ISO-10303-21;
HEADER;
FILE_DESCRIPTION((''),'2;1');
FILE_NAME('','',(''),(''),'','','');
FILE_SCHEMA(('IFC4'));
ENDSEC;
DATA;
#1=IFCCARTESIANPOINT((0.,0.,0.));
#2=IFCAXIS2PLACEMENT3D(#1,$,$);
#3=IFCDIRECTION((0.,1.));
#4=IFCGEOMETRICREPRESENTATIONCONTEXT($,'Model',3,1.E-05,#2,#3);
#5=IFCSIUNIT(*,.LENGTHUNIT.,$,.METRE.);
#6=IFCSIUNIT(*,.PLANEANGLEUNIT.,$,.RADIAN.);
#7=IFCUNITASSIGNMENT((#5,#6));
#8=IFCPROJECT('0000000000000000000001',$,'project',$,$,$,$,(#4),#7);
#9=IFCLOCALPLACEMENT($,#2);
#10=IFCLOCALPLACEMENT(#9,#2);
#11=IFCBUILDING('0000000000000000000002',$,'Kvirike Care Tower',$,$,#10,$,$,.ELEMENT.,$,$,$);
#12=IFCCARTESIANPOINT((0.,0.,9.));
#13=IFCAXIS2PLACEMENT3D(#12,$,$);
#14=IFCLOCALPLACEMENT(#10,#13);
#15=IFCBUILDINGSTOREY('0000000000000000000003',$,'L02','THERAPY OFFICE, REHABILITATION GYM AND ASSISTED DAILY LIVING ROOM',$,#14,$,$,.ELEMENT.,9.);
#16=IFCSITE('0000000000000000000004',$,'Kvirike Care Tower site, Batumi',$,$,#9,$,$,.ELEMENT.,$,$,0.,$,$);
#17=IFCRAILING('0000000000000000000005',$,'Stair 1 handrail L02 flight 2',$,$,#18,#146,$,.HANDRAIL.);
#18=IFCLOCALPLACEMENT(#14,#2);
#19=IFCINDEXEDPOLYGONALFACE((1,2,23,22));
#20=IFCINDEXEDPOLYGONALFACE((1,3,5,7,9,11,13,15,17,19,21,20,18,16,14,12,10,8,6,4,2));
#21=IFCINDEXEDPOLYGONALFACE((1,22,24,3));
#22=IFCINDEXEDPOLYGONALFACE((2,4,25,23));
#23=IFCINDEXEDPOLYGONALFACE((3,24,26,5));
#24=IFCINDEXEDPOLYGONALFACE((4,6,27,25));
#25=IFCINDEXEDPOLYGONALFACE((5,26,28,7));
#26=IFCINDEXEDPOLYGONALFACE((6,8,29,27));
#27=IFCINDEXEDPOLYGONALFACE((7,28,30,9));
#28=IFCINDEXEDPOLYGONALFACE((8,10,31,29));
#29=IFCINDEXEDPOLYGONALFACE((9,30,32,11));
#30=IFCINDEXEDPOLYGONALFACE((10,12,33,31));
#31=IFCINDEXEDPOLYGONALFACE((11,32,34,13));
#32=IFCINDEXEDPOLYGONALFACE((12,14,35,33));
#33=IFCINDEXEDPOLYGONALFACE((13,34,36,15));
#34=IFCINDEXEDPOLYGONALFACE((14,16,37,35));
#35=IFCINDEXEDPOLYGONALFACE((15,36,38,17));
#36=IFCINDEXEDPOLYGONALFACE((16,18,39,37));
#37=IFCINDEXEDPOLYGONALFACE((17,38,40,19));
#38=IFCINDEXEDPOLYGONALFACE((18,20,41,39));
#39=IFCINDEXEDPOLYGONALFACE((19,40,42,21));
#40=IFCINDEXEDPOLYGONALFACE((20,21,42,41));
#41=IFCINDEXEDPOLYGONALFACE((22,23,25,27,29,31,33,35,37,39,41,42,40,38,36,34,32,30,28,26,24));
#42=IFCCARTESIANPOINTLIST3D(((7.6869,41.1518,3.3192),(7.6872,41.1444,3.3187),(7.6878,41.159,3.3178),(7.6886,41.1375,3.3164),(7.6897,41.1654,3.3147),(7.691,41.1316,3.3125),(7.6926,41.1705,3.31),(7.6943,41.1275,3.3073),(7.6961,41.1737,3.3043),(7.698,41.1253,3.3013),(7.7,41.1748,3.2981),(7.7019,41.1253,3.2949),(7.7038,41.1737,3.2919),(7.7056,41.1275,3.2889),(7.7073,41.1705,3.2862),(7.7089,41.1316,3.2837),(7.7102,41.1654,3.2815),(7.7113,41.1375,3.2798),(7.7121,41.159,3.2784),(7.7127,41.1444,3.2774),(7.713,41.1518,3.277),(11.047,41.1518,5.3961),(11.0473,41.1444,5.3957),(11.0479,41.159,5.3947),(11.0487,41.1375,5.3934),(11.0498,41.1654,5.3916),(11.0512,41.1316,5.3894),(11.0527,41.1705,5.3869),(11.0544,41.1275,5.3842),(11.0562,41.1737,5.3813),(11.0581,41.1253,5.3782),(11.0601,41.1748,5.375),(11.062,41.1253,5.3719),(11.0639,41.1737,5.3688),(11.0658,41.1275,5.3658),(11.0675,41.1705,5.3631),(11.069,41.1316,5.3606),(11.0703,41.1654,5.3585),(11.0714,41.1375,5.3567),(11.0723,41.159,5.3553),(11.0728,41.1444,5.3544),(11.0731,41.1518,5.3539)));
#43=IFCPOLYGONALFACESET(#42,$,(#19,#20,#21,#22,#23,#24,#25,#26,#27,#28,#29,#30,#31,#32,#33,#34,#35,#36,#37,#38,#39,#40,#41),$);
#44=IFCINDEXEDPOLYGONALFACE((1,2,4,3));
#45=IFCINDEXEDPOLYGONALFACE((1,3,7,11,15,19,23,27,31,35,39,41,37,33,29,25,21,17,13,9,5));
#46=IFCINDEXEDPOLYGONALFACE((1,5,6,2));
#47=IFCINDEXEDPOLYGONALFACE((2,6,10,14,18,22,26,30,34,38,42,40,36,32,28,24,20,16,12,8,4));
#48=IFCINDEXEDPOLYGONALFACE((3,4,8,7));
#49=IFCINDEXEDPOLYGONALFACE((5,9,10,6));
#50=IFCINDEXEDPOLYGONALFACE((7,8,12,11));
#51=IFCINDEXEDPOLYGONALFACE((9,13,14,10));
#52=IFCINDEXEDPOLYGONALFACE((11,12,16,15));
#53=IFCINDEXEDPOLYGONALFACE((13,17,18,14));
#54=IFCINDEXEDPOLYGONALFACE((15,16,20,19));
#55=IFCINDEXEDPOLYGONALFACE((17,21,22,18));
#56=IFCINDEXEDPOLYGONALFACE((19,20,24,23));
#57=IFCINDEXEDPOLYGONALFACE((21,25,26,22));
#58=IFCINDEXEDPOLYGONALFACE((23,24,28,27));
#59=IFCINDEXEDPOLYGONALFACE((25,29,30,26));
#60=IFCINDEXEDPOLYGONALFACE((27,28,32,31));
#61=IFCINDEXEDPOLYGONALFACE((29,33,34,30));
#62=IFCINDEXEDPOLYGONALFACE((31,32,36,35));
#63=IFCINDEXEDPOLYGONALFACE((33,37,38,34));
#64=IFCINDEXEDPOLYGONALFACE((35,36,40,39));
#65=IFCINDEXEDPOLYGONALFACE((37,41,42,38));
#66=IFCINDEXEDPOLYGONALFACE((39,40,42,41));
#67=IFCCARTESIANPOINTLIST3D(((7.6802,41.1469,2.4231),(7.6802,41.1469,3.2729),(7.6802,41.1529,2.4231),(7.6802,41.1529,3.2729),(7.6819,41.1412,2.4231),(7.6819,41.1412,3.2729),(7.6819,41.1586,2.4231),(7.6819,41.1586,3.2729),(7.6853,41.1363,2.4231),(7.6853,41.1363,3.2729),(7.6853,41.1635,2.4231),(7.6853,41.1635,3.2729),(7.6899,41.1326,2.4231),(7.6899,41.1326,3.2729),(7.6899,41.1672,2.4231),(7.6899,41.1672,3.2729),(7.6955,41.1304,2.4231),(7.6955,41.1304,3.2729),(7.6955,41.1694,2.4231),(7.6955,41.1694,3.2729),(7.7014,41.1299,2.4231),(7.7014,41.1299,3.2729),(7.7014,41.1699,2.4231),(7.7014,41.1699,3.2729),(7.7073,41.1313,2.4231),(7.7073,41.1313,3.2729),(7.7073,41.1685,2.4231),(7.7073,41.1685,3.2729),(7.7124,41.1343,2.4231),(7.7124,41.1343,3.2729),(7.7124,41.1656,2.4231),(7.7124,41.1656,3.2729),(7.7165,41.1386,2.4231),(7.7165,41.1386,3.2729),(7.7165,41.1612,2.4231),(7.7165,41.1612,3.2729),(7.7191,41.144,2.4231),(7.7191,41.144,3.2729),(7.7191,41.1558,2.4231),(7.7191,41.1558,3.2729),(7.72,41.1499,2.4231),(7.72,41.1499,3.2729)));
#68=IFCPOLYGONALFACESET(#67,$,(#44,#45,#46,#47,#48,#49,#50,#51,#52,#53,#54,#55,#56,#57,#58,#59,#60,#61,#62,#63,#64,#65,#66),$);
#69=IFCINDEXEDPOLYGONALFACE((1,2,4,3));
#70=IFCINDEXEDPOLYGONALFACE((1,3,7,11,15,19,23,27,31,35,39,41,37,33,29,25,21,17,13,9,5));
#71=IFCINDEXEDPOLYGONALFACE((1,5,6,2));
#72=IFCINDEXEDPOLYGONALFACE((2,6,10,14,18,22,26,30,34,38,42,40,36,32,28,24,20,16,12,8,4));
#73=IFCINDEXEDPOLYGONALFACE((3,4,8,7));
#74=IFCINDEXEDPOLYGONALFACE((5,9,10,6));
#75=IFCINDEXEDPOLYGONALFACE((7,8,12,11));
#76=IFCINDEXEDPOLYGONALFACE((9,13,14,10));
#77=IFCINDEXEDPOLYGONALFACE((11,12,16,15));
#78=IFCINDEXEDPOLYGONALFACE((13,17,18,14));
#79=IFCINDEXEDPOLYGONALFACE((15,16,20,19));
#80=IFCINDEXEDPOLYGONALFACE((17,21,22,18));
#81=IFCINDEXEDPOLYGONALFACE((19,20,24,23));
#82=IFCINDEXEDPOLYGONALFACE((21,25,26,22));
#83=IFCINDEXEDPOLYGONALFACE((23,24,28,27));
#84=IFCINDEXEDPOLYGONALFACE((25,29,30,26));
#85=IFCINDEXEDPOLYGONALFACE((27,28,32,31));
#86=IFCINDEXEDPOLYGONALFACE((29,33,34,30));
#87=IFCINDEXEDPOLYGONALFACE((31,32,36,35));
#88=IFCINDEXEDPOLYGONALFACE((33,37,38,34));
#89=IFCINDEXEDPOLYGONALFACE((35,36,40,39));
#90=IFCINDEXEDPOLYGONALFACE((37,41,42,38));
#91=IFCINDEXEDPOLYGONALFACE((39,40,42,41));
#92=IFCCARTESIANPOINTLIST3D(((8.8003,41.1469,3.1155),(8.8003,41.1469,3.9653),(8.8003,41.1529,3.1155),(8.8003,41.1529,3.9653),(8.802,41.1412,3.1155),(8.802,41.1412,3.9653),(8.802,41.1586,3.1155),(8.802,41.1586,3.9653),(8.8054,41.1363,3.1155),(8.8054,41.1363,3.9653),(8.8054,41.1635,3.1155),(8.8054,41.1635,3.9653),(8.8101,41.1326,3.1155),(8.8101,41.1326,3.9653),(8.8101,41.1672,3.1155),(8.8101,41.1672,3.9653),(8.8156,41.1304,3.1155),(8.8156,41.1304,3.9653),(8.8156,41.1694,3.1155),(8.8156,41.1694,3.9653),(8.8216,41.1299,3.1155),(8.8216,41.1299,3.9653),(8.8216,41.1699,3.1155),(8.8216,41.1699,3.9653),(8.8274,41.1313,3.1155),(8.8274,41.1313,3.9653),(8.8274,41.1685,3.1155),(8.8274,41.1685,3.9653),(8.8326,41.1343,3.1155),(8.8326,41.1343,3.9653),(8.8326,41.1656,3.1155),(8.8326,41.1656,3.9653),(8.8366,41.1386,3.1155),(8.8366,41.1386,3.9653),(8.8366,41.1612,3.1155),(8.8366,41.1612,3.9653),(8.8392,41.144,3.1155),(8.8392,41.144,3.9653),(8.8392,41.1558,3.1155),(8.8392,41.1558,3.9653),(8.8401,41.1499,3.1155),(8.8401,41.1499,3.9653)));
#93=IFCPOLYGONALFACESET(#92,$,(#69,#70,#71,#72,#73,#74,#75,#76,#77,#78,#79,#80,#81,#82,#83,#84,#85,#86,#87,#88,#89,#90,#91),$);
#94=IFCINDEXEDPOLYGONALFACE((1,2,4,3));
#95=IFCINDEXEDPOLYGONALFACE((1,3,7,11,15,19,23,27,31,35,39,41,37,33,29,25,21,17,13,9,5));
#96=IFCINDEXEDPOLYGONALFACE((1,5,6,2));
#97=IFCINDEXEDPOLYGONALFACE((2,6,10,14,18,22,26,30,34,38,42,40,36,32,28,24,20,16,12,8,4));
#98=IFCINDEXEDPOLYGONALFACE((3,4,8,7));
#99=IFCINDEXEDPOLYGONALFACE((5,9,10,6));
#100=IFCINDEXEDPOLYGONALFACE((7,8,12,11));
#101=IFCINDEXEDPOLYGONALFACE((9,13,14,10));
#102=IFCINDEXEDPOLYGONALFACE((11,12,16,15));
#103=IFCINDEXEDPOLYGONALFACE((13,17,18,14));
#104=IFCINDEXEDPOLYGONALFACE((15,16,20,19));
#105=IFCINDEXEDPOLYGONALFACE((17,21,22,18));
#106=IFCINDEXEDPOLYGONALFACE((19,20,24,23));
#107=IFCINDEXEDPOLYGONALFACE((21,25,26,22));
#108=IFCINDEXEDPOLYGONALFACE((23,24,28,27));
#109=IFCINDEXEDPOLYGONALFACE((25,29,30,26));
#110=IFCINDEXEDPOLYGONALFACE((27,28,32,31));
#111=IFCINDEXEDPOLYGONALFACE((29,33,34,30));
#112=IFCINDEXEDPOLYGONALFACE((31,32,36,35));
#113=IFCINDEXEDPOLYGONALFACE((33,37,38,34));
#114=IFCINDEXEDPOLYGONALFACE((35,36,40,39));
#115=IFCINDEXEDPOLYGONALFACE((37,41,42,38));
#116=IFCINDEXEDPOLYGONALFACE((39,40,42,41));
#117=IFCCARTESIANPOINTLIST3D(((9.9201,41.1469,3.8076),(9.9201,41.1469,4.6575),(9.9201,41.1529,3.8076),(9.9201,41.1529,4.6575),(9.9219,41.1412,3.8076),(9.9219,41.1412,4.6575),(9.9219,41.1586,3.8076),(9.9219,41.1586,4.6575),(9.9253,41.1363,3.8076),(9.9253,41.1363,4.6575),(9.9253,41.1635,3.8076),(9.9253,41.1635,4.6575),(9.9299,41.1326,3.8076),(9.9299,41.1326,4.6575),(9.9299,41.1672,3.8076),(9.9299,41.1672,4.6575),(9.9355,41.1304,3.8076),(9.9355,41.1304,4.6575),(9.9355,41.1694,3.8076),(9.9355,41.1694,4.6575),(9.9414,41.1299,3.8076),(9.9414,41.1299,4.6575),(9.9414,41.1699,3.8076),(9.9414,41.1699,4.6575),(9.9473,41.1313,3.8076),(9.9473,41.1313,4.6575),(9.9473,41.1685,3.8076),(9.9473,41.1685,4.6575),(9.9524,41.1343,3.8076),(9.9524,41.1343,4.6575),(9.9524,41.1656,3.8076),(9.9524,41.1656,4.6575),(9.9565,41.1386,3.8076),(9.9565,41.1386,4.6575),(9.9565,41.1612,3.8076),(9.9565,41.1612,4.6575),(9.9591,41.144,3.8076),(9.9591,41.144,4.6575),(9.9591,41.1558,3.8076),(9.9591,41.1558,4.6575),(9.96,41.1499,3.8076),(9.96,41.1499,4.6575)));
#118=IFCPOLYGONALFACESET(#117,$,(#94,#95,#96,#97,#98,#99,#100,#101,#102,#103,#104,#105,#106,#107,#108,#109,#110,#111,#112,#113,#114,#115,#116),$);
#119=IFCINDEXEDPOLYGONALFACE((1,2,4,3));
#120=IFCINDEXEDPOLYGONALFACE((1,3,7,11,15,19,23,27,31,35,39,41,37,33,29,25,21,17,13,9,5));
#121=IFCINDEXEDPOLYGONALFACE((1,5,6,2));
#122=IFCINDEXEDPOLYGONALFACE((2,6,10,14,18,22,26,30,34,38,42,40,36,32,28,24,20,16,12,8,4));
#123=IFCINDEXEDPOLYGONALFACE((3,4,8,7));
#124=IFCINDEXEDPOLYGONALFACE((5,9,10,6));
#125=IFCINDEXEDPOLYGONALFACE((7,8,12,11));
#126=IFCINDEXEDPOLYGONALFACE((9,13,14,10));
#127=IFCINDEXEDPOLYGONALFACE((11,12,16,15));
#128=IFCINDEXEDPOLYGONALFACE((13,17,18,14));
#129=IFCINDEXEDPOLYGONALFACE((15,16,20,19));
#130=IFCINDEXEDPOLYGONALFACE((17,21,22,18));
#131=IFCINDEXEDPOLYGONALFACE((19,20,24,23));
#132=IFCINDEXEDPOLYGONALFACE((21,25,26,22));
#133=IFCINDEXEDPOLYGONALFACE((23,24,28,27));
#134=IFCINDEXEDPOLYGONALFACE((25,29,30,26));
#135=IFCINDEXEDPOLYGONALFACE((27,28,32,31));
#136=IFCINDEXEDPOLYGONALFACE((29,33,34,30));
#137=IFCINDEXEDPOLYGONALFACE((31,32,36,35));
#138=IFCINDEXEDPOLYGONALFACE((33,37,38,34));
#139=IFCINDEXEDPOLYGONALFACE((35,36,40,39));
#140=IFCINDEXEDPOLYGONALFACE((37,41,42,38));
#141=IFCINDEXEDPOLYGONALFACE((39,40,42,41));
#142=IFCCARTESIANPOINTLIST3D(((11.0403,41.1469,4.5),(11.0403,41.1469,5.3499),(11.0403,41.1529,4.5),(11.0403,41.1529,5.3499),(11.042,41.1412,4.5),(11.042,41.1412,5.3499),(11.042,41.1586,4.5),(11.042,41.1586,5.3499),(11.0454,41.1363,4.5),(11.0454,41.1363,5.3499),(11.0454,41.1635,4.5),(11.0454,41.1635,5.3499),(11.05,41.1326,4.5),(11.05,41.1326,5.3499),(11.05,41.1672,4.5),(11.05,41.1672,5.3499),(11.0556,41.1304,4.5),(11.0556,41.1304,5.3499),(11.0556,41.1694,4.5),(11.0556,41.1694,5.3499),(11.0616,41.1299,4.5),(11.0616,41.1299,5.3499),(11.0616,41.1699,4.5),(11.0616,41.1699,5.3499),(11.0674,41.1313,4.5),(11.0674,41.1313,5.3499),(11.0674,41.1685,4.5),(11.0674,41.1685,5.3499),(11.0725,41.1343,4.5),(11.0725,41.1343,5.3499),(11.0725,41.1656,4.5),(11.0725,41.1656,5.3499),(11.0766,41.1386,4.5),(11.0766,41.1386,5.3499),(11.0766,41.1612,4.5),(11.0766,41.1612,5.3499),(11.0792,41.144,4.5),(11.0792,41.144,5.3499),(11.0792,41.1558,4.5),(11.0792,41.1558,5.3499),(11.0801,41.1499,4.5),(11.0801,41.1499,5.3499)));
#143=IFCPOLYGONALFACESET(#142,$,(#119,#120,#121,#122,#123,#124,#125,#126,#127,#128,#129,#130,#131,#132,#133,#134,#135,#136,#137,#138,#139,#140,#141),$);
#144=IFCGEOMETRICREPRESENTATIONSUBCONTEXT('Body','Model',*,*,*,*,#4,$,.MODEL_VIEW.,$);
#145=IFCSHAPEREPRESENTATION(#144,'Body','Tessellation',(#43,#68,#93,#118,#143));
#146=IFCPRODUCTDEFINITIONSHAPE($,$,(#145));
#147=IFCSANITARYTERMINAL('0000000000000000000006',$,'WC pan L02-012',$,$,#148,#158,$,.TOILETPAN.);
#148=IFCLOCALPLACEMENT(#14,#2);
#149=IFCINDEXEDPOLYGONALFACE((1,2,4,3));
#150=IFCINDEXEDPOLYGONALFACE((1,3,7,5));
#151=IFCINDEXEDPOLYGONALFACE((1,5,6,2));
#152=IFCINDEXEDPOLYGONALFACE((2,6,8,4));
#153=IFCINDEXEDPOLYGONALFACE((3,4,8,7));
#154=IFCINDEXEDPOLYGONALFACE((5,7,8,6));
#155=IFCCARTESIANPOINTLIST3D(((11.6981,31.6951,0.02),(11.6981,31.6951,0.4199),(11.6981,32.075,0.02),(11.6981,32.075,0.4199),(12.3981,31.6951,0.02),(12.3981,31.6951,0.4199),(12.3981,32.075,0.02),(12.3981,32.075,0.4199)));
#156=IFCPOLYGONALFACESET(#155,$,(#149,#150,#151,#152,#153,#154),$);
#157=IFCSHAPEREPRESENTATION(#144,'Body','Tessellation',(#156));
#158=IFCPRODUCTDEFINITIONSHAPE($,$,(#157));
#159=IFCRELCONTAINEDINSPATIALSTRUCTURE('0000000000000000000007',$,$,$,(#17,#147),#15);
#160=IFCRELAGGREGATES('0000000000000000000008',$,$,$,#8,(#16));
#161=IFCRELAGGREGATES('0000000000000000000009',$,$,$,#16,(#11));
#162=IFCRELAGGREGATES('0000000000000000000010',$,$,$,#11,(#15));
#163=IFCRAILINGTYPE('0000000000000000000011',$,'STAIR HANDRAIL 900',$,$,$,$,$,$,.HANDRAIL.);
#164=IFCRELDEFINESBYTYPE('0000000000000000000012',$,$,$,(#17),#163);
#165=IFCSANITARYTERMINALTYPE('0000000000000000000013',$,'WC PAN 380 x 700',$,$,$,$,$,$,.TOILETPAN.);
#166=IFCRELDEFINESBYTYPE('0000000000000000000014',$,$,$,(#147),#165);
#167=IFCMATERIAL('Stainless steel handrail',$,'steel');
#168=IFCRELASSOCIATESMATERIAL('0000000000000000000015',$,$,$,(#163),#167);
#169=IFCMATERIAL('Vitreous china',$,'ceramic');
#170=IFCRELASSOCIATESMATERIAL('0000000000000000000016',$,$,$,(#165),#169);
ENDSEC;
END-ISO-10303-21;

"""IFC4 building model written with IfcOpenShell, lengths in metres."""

from ifc_helpers import new_model, si_unit, direction, frame, origin, origin_2d, place, context, subcontext, project, spatial, rectangle, circle, extrude, material, type_object, element, save


model = new_model("IFC4")

# Units and contexts
model_context = context("Model", 3, precision=1e-05, world=origin(), true_north=direction((0.0, 1.0)))
body_context = subcontext(model_context, "Body", "Model", "MODEL_VIEW")
ifc_project = project(units=[si_unit("LENGTHUNIT", "METRE"), si_unit("PLANEANGLEUNIT", "RADIAN")], contexts=[model_context])

# Site, building, storey
site_placement = place(None, origin())
site = spatial("IfcSite", under=ifc_project, at=site_placement, Name="Kvirike Care Tower site, Batumi", CompositionType="ELEMENT", RefElevation=0.0)
building_placement = place(site_placement, origin())
building = spatial("IfcBuilding", under=site, at=building_placement, Name="Kvirike Care Tower", CompositionType="ELEMENT")
storey_placement = place(building_placement, frame((0.0, 0.0, 9.0)))
storey = spatial("IfcBuildingStorey", under=building, at=storey_placement, Name="L02", Description="THERAPY OFFICE, REHABILITATION GYM AND ASSISTED DAILY LIVING ROOM", CompositionType="ELEMENT", Elevation=9.0)

# Railing
ifc_material_1 = material(Name="Stainless steel handrail", Category="steel")
railing_type = type_object("IfcRailingType", Name="STAIR HANDRAIL 900", PredefinedType="HANDRAIL", material=ifc_material_1)
railing_1_placement = place(storey_placement, frame((7.7, 41.1499, 2.4231)))
element("IfcRailing", 1, at=railing_1_placement, inside=storey, type_object=railing_type, Name="Stair 1 handrail L02 flight 2", PredefinedType="HANDRAIL", context=body_context, shape_type="SweptSolid", body=[
    extrude(circle(Radius=0.0249, at=origin_2d()), frame((0.0, 0.0, 0.875), z_axis=(0.850623, 0.0, 0.525776), x_axis=(0.0, 1.0, 0.0)), (0.0, 0.0, 1.0), 3.9502),
    extrude(circle(Radius=0.02, at=origin_2d()), origin(), (0.0, 0.0, 1.0), 0.8499),
    extrude(circle(Radius=0.02, at=origin_2d()), frame((1.1201, 0.0, 0.6924)), (0.0, 0.0, 1.0), 0.8499),
    extrude(circle(Radius=0.02, at=origin_2d()), frame((2.24, 0.0, 1.3845)), (0.0, 0.0, 1.0), 0.8499),
    extrude(circle(Radius=0.02, at=origin_2d()), frame((3.3601, 0.0, 2.0769)), (0.0, 0.0, 1.0), 0.8499),
])

# Sanitary terminal
ifc_material_2 = material(Name="Vitreous china", Category="ceramic")
sanitary_terminal_type = type_object("IfcSanitaryTerminalType", Name="WC PAN 380 x 700", PredefinedType="TOILETPAN", material=ifc_material_2)
sanitary_terminal_placement = place(storey_placement, frame((12.0481, 31.885, 0.02), z_axis=(0.0, 0.0, 1.0), x_axis=(0.0, -1.0, 0.0)))
element("IfcSanitaryTerminal", 2, at=sanitary_terminal_placement, inside=storey, type_object=sanitary_terminal_type, Name="WC pan L02-012", PredefinedType="TOILETPAN", context=body_context, shape_type="SweptSolid", body=[
    extrude(rectangle(XDim=0.3799, YDim=0.7, at=origin_2d()), origin(), (0.0, 0.0, 1.0), 0.3999),
])

save(model, "model.ifc")
